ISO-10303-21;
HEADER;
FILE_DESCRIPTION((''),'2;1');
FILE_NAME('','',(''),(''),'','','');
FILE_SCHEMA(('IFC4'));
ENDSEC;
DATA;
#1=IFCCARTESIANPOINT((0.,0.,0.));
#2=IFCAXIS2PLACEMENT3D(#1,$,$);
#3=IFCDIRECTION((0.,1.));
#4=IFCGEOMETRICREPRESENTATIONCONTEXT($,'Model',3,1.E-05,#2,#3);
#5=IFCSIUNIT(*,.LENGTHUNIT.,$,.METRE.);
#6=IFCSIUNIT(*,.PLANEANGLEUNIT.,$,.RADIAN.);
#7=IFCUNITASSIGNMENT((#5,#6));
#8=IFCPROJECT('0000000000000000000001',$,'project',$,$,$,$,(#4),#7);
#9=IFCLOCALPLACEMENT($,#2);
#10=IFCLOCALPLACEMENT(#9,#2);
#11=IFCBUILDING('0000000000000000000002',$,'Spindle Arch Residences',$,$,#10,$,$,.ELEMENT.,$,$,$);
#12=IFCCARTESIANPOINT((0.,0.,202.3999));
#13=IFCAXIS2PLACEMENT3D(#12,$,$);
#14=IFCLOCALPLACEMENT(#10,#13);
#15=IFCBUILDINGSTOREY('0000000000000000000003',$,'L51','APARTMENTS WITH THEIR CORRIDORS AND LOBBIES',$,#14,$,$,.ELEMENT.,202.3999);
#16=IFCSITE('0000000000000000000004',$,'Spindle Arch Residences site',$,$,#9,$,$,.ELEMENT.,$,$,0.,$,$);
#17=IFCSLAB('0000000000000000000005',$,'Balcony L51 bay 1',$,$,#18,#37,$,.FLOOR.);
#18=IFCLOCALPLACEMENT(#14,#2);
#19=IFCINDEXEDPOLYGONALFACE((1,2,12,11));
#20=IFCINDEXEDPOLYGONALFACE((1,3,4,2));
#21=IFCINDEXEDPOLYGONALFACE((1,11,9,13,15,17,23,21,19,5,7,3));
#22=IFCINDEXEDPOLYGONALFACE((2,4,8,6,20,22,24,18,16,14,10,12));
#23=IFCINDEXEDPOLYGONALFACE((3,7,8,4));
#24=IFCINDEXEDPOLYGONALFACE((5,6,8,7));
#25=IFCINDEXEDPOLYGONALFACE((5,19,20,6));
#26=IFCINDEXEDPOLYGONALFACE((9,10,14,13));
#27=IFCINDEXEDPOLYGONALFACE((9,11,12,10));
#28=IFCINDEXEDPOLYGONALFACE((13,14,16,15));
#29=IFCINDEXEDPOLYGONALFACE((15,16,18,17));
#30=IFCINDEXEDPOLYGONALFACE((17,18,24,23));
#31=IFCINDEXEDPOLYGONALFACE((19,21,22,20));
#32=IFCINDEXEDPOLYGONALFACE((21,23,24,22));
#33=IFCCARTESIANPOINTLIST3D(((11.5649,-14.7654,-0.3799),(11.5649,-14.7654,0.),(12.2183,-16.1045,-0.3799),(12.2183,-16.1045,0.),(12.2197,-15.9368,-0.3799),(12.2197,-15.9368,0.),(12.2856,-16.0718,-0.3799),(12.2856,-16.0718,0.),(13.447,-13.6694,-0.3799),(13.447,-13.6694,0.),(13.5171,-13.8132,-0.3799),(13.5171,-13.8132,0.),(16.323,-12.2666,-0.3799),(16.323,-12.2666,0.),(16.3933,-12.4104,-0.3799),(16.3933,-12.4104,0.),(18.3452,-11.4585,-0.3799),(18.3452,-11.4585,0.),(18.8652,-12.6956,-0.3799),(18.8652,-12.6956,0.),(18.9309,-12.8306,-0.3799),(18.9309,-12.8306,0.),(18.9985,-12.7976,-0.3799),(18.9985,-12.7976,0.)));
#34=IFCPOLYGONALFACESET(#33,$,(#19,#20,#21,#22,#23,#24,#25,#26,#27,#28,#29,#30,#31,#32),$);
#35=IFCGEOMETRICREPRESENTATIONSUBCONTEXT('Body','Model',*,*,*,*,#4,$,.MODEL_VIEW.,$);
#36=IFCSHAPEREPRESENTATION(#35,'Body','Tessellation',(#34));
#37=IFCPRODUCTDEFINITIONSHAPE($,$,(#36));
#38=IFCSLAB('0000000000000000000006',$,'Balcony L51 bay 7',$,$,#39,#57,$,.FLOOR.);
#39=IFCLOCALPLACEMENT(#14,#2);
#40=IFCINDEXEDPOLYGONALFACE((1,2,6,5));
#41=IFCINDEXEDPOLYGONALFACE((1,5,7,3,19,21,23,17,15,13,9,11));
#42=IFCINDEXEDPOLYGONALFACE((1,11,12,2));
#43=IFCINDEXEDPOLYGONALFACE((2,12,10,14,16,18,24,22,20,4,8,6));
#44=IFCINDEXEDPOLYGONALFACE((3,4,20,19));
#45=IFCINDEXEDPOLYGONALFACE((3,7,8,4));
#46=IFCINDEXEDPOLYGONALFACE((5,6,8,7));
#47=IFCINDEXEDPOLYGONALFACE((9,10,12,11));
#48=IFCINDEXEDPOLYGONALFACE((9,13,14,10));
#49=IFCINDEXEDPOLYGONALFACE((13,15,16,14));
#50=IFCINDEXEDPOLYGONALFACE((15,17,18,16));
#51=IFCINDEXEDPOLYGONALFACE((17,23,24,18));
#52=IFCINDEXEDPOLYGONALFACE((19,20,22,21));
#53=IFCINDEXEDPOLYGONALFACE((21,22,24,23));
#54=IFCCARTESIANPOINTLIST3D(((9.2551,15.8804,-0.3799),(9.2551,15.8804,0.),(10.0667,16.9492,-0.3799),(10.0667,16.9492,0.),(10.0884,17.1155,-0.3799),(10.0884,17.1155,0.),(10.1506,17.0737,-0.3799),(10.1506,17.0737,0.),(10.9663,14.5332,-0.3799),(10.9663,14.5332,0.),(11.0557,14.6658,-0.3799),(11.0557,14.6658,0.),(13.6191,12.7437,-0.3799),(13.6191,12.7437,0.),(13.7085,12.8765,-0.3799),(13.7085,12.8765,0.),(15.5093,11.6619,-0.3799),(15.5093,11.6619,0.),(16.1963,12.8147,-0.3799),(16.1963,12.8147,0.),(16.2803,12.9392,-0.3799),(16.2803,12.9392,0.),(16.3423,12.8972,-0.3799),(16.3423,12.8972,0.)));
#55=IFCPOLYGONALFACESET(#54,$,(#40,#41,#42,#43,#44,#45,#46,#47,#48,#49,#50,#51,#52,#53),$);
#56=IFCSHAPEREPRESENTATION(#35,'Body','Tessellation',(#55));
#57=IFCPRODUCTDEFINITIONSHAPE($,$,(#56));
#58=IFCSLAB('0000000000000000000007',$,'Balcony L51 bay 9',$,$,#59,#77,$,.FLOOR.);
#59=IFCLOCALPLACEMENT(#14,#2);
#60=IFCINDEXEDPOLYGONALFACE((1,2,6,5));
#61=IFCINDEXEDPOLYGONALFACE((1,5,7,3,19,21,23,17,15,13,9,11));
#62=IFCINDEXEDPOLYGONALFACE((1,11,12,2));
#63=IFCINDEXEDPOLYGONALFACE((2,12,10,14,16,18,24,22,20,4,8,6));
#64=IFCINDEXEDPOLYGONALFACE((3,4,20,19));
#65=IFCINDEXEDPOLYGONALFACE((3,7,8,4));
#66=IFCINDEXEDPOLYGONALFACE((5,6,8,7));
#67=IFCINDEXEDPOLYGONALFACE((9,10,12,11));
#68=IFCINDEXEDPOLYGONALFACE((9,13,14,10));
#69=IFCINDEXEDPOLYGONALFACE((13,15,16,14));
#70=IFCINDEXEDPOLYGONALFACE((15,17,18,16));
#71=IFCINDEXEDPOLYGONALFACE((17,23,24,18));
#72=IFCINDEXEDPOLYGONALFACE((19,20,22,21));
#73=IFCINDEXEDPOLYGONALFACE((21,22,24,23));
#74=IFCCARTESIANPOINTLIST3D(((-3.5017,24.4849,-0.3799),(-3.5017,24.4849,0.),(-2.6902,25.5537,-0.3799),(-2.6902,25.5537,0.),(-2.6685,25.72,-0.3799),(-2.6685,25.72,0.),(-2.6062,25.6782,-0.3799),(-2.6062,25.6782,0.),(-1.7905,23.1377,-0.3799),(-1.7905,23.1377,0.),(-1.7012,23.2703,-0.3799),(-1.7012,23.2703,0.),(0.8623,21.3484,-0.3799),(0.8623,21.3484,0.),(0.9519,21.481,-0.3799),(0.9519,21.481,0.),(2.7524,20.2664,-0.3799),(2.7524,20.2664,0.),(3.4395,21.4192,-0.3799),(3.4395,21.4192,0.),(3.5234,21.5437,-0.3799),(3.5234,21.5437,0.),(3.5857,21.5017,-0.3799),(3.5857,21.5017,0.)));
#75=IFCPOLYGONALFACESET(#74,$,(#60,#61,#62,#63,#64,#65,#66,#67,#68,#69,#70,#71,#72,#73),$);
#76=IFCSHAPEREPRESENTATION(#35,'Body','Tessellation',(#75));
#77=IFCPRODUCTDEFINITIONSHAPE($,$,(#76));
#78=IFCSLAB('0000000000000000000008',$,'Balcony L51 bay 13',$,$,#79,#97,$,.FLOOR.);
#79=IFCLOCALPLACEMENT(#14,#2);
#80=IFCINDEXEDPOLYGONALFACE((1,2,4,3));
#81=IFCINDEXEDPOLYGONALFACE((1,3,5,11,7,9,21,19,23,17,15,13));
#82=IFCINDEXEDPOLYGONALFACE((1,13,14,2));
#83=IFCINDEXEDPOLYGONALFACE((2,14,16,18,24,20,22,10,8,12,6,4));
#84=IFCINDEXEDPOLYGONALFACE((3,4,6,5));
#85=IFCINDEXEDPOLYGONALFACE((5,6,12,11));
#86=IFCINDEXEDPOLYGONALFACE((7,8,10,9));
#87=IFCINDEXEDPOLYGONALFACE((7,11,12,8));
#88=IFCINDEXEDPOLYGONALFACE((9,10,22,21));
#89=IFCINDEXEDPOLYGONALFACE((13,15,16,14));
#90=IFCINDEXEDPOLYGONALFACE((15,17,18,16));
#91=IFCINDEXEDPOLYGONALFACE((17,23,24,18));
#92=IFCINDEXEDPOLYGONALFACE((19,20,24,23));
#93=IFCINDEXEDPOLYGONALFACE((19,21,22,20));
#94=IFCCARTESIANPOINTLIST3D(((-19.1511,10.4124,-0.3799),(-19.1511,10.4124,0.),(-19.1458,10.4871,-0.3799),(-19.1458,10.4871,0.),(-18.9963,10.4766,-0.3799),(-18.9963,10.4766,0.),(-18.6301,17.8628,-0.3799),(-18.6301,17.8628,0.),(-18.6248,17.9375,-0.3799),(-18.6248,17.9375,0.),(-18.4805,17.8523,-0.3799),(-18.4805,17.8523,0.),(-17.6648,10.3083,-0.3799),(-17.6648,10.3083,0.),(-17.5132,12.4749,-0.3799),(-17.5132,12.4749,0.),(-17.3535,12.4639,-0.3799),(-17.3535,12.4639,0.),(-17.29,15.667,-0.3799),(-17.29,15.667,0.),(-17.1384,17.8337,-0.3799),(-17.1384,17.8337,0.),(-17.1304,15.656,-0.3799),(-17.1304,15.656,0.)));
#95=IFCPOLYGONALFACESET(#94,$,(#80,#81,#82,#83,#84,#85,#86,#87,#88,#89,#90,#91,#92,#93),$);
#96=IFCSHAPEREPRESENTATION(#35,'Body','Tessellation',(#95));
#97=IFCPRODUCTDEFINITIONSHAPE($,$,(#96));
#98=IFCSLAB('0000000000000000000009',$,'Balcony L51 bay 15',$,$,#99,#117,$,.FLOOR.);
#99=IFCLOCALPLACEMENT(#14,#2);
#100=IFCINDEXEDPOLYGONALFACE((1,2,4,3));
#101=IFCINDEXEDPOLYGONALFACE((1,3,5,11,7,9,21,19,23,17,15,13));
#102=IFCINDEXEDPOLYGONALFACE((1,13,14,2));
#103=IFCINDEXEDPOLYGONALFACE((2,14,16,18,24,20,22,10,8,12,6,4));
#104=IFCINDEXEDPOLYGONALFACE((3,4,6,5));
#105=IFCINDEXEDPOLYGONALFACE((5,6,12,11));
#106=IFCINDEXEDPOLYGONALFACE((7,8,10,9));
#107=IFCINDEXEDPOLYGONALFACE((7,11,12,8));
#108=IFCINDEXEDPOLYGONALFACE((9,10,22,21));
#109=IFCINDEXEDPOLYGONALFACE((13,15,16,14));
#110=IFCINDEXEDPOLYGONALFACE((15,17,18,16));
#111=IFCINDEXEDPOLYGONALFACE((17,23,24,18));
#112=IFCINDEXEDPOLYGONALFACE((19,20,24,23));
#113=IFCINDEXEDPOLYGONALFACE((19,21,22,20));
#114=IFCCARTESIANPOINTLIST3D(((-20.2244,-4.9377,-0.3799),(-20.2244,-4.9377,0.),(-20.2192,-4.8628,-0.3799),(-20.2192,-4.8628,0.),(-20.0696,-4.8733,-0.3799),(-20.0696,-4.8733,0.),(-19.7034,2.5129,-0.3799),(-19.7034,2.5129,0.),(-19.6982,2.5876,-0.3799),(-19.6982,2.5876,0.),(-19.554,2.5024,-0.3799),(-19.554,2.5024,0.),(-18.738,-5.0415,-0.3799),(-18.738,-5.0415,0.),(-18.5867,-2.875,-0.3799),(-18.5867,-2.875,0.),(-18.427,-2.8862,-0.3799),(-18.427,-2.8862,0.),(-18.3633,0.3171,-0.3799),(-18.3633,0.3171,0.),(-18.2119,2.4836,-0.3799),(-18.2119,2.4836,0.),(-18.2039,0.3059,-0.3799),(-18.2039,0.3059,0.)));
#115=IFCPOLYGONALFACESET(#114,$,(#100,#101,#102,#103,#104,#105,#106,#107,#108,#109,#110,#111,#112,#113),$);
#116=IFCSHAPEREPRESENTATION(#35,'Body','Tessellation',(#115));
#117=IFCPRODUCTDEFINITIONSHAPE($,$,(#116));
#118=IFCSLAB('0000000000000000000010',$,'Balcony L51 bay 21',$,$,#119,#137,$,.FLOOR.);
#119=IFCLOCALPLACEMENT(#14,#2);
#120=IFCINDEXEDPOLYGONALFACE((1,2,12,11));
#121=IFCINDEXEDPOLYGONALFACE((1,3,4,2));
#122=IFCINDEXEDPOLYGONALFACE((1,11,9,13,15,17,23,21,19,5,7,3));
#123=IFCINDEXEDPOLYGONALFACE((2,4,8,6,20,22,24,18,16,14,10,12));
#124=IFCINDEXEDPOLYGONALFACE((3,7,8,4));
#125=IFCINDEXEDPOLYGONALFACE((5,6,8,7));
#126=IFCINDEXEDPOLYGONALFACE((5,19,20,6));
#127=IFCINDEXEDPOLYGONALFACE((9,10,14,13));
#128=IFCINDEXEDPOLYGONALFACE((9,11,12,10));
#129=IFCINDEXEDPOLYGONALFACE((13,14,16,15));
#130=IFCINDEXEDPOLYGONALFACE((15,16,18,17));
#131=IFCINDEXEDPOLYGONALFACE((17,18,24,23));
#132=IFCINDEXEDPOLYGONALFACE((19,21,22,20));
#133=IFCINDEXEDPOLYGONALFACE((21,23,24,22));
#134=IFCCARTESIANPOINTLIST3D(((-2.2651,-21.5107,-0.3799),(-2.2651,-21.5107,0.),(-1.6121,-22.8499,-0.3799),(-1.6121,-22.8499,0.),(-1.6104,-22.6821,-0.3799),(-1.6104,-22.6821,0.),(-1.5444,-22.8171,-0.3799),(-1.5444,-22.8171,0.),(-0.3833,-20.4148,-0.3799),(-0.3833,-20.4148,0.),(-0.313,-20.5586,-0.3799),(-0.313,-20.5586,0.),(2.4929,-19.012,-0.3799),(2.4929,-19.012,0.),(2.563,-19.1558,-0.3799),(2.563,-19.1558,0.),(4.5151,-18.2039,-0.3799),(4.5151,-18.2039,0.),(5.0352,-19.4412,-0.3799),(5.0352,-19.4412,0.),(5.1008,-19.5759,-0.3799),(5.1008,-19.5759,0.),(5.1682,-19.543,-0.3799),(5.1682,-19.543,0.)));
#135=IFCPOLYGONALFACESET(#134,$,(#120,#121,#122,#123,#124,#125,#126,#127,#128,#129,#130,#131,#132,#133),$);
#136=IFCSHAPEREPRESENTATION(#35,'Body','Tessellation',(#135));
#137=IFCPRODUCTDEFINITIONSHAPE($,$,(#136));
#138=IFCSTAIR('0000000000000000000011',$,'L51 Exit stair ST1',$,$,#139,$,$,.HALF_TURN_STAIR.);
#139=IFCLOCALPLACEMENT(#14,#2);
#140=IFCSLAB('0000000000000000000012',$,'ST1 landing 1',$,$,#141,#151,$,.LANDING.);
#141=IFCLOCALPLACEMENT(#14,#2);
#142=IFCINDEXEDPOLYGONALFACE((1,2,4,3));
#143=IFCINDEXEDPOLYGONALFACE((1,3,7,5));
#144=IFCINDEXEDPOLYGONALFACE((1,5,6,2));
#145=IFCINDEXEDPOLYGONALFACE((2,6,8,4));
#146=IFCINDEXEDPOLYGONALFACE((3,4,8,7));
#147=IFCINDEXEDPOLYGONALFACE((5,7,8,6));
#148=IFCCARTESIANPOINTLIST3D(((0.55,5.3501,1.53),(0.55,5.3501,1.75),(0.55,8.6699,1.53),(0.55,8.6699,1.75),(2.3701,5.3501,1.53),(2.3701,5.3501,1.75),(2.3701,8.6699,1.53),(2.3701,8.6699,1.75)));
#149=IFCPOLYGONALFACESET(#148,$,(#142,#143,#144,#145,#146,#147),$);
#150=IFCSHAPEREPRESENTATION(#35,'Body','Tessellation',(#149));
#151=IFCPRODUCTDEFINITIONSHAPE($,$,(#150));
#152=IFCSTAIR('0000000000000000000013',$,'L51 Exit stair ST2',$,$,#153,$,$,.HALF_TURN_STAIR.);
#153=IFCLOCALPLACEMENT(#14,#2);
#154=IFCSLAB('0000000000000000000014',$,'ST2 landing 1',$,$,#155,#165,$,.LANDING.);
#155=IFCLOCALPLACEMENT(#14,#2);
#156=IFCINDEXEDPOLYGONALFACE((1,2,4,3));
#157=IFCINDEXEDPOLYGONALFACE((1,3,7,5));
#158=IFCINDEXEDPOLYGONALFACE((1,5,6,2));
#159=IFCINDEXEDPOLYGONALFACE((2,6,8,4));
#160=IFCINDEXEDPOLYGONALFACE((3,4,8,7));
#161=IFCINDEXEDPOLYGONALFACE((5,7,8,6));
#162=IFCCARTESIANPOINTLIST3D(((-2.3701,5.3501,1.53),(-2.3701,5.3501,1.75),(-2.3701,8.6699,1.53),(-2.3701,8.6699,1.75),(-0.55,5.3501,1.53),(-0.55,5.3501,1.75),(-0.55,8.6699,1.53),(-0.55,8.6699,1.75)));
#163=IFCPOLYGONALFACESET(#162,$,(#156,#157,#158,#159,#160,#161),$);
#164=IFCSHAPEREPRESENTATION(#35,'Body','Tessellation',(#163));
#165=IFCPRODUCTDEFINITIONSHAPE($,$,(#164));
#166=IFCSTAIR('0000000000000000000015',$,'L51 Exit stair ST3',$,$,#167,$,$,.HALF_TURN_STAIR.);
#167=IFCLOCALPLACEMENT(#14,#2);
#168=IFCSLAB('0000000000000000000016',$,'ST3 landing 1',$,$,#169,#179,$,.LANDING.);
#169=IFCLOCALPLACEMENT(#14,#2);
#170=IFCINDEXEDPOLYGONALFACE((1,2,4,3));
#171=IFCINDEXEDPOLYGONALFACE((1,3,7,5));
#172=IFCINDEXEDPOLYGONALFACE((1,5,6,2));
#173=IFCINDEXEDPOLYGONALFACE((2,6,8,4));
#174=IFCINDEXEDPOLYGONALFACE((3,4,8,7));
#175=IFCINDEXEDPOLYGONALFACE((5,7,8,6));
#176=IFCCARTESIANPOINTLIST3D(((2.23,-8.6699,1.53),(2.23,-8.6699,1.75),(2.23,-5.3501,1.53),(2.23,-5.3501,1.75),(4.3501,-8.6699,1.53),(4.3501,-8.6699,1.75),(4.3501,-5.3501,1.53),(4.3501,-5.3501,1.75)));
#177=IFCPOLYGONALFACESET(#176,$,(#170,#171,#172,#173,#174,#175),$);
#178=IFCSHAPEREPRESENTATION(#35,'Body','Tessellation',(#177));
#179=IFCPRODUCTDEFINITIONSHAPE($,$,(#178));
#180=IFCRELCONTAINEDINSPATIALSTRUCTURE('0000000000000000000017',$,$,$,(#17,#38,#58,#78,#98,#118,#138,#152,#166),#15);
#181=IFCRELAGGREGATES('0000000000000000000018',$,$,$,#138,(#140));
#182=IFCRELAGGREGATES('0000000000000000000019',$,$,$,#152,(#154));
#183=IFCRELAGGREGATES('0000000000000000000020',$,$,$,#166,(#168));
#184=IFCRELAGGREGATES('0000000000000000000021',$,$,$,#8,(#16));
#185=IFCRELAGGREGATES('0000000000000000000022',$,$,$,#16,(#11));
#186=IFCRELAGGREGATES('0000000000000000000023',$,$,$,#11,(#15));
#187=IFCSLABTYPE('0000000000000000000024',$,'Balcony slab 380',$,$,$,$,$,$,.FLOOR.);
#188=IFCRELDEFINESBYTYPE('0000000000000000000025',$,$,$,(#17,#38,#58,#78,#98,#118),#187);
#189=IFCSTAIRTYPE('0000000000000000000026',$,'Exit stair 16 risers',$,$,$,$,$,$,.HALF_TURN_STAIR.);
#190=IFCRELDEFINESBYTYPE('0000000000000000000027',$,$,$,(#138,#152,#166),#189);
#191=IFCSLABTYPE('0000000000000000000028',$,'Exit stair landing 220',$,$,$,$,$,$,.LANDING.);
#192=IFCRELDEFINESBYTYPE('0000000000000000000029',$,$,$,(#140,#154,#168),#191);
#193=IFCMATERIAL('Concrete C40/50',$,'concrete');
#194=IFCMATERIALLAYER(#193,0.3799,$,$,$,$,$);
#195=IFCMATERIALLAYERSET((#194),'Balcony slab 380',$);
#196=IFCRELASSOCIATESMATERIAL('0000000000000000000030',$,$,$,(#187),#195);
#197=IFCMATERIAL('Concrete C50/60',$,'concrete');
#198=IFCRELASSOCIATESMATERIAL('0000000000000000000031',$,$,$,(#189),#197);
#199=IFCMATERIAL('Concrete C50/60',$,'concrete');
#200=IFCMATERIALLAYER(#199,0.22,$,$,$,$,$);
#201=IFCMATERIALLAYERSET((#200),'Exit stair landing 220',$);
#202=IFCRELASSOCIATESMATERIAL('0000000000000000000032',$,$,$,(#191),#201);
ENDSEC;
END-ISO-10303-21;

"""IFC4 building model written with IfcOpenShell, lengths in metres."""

from ifc_helpers import new_model, si_unit, direction, frame, origin, place, context, subcontext, project, spatial, polyline, outline, extrude, material, layer, layer_set, type_object, element, aggregate, save


model = new_model("IFC4")

# Units and contexts
model_context = context("Model", 3, precision=1e-05, world=origin(), true_north=direction((0.0, 1.0)))
body_context = subcontext(model_context, "Body", "Model", "MODEL_VIEW")
ifc_project = project(units=[si_unit("LENGTHUNIT", "METRE"), si_unit("PLANEANGLEUNIT", "RADIAN")], contexts=[model_context])

# Site, building, storey
site_placement = place(None, origin())
site = spatial("IfcSite", under=ifc_project, at=site_placement, Name="Spindle Arch Residences site", CompositionType="ELEMENT", RefElevation=0.0)
building_placement = place(site_placement, origin())
building = spatial("IfcBuilding", under=site, at=building_placement, Name="Spindle Arch Residences", CompositionType="ELEMENT")
storey_placement = place(building_placement, frame((0.0, 0.0, 202.3999)))
storey = spatial("IfcBuildingStorey", under=building, at=storey_placement, Name="L51", Description="APARTMENTS WITH THEIR CORRIDORS AND LOBBIES", CompositionType="ELEMENT", Elevation=202.3999)

# Slabs
ifc_material_1 = material(Name="Concrete C40/50", Category="concrete")
ifc_layer_1 = layer(ifc_material_1, 0.3799)
ifc_layer_set_1 = layer_set([ifc_layer_1], Name="Balcony slab 380")
slab_type_1 = type_object("IfcSlabType", Name="Balcony slab 380", PredefinedType="FLOOR", material=ifc_layer_set_1)
slab_1_placement = place(storey_placement, frame((0.0, 0.0, -0.3799)))
element("IfcSlab", 1, at=slab_1_placement, inside=storey, type_object=slab_type_1, Name="Balcony L51 bay 1", PredefinedType="FLOOR", context=body_context, shape_type="SweptSolid", body=[
    extrude(outline(polyline([(12.2183, -16.1045), (12.2856, -16.0718), (12.2197, -15.9368), (18.8652, -12.6956), (18.9309, -12.8306), (18.9985, -12.7976), (18.3452, -11.4585), (16.3933, -12.4104), (16.323, -12.2666), (13.447, -13.6694), (13.5171, -13.8132), (11.5649, -14.7654), (12.2183, -16.1045)])), origin(), (0.0, 0.0, 1.0), 0.3799),
])
slab_2_placement = place(storey_placement, frame((0.0, 0.0, -0.3799)))
element("IfcSlab", 2, at=slab_2_placement, inside=storey, type_object=slab_type_1, Name="Balcony L51 bay 7", PredefinedType="FLOOR", context=body_context, shape_type="SweptSolid", body=[
    extrude(outline(polyline([(16.3423, 12.8972), (16.2803, 12.9392), (16.1963, 12.8147), (10.0667, 16.9492), (10.1506, 17.0737), (10.0884, 17.1155), (9.2551, 15.8804), (11.0557, 14.6658), (10.9663, 14.5332), (13.6191, 12.7437), (13.7085, 12.8765), (15.5093, 11.6619), (16.3423, 12.8972)])), origin(), (0.0, 0.0, 1.0), 0.3799),
])
slab_3_placement = place(storey_placement, frame((0.0, 0.0, -0.3799)))
element("IfcSlab", 3, at=slab_3_placement, inside=storey, type_object=slab_type_1, Name="Balcony L51 bay 9", PredefinedType="FLOOR", context=body_context, shape_type="SweptSolid", body=[
    extrude(outline(polyline([(3.5857, 21.5017), (3.5234, 21.5437), (3.4395, 21.4192), (-2.6902, 25.5537), (-2.6062, 25.6782), (-2.6685, 25.72), (-3.5017, 24.4849), (-1.7012, 23.2703), (-1.7905, 23.1377), (0.8623, 21.3484), (0.9519, 21.481), (2.7524, 20.2664), (3.5857, 21.5017)])), origin(), (0.0, 0.0, 1.0), 0.3799),
])
slab_4_placement = place(storey_placement, frame((0.0, 0.0, -0.3799)))
element("IfcSlab", 4, at=slab_4_placement, inside=storey, type_object=slab_type_1, Name="Balcony L51 bay 13", PredefinedType="FLOOR", context=body_context, shape_type="SweptSolid", body=[
    extrude(outline(polyline([(-18.6248, 17.9375), (-18.6301, 17.8628), (-18.4805, 17.8523), (-18.9963, 10.4766), (-19.1458, 10.4871), (-19.1511, 10.4124), (-17.6648, 10.3083), (-17.5132, 12.4749), (-17.3535, 12.4639), (-17.1304, 15.656), (-17.29, 15.667), (-17.1384, 17.8337), (-18.6248, 17.9375)])), origin(), (0.0, 0.0, 1.0), 0.3799),
])
slab_5_placement = place(storey_placement, frame((0.0, 0.0, -0.3799)))
element("IfcSlab", 5, at=slab_5_placement, inside=storey, type_object=slab_type_1, Name="Balcony L51 bay 15", PredefinedType="FLOOR", context=body_context, shape_type="SweptSolid", body=[
    extrude(outline(polyline([(-19.6982, 2.5876), (-19.7034, 2.5129), (-19.554, 2.5024), (-20.0696, -4.8733), (-20.2192, -4.8628), (-20.2244, -4.9377), (-18.738, -5.0415), (-18.5867, -2.875), (-18.427, -2.8862), (-18.2039, 0.3059), (-18.3633, 0.3171), (-18.2119, 2.4836), (-19.6982, 2.5876)])), origin(), (0.0, 0.0, 1.0), 0.3799),
])
slab_6_placement = place(storey_placement, frame((0.0, 0.0, -0.3799)))
element("IfcSlab", 6, at=slab_6_placement, inside=storey, type_object=slab_type_1, Name="Balcony L51 bay 21", PredefinedType="FLOOR", context=body_context, shape_type="SweptSolid", body=[
    extrude(outline(polyline([(-1.6121, -22.8499), (-1.5444, -22.8171), (-1.6104, -22.6821), (5.0352, -19.4412), (5.1008, -19.5759), (5.1682, -19.543), (4.5151, -18.2039), (2.563, -19.1558), (2.4929, -19.012), (-0.3833, -20.4148), (-0.313, -20.5586), (-2.2651, -21.5107), (-1.6121, -22.8499)])), origin(), (0.0, 0.0, 1.0), 0.3799),
])

# Stairs, slabs
ifc_material_2 = material(Name="Concrete C50/60", Category="concrete")
stair_type = type_object("IfcStairType", Name="Exit stair 16 risers", PredefinedType="HALF_TURN_STAIR", material=ifc_material_2)
stair_1_placement = place(storey_placement, origin())
stair_1 = element("IfcStair", 7, at=stair_1_placement, inside=storey, type_object=stair_type, Name="L51 Exit stair ST1", PredefinedType="HALF_TURN_STAIR")
ifc_material_3 = material(Name="Concrete C50/60", Category="concrete")
ifc_layer_2 = layer(ifc_material_3, 0.22)
ifc_layer_set_2 = layer_set([ifc_layer_2], Name="Exit stair landing 220")
slab_type_2 = type_object("IfcSlabType", Name="Exit stair landing 220", PredefinedType="LANDING", material=ifc_layer_set_2)
slab_7_placement = place(storey_placement, frame((0.0, 0.0, 1.53)))
slab_7 = element("IfcSlab", 8, at=slab_7_placement, type_object=slab_type_2, Name="ST1 landing 1", PredefinedType="LANDING", context=body_context, shape_type="SweptSolid", body=[
    extrude(outline(polyline([(2.3701, 8.6699), (0.55, 8.6699), (0.55, 5.3501), (2.3701, 5.3501), (2.3701, 8.6699)])), origin(), (0.0, 0.0, 1.0), 0.22),
])
aggregate(stair_1, [slab_7])
stair_2_placement = place(storey_placement, origin())
stair_2 = element("IfcStair", 9, at=stair_2_placement, inside=storey, type_object=stair_type, Name="L51 Exit stair ST2", PredefinedType="HALF_TURN_STAIR")
slab_8_placement = place(storey_placement, frame((0.0, 0.0, 1.53)))
slab_8 = element("IfcSlab", 10, at=slab_8_placement, type_object=slab_type_2, Name="ST2 landing 1", PredefinedType="LANDING", context=body_context, shape_type="SweptSolid", body=[
    extrude(outline(polyline([(-2.3701, 5.3501), (-0.55, 5.3501), (-0.55, 8.6699), (-2.3701, 8.6699), (-2.3701, 5.3501)])), origin(), (0.0, 0.0, 1.0), 0.22),
])
aggregate(stair_2, [slab_8])
stair_3_placement = place(storey_placement, origin())
stair_3 = element("IfcStair", 11, at=stair_3_placement, inside=storey, type_object=stair_type, Name="L51 Exit stair ST3", PredefinedType="HALF_TURN_STAIR")
slab_9_placement = place(storey_placement, frame((0.0, 0.0, 1.53)))
slab_9 = element("IfcSlab", 12, at=slab_9_placement, type_object=slab_type_2, Name="ST3 landing 1", PredefinedType="LANDING", context=body_context, shape_type="SweptSolid", body=[
    extrude(outline(polyline([(2.23, -8.6699), (4.3501, -8.6699), (4.3501, -5.3501), (2.23, -5.3501), (2.23, -8.6699)])), origin(), (0.0, 0.0, 1.0), 0.22),
])

aggregate(stair_3, [slab_9])

save(model, "model.ifc")
